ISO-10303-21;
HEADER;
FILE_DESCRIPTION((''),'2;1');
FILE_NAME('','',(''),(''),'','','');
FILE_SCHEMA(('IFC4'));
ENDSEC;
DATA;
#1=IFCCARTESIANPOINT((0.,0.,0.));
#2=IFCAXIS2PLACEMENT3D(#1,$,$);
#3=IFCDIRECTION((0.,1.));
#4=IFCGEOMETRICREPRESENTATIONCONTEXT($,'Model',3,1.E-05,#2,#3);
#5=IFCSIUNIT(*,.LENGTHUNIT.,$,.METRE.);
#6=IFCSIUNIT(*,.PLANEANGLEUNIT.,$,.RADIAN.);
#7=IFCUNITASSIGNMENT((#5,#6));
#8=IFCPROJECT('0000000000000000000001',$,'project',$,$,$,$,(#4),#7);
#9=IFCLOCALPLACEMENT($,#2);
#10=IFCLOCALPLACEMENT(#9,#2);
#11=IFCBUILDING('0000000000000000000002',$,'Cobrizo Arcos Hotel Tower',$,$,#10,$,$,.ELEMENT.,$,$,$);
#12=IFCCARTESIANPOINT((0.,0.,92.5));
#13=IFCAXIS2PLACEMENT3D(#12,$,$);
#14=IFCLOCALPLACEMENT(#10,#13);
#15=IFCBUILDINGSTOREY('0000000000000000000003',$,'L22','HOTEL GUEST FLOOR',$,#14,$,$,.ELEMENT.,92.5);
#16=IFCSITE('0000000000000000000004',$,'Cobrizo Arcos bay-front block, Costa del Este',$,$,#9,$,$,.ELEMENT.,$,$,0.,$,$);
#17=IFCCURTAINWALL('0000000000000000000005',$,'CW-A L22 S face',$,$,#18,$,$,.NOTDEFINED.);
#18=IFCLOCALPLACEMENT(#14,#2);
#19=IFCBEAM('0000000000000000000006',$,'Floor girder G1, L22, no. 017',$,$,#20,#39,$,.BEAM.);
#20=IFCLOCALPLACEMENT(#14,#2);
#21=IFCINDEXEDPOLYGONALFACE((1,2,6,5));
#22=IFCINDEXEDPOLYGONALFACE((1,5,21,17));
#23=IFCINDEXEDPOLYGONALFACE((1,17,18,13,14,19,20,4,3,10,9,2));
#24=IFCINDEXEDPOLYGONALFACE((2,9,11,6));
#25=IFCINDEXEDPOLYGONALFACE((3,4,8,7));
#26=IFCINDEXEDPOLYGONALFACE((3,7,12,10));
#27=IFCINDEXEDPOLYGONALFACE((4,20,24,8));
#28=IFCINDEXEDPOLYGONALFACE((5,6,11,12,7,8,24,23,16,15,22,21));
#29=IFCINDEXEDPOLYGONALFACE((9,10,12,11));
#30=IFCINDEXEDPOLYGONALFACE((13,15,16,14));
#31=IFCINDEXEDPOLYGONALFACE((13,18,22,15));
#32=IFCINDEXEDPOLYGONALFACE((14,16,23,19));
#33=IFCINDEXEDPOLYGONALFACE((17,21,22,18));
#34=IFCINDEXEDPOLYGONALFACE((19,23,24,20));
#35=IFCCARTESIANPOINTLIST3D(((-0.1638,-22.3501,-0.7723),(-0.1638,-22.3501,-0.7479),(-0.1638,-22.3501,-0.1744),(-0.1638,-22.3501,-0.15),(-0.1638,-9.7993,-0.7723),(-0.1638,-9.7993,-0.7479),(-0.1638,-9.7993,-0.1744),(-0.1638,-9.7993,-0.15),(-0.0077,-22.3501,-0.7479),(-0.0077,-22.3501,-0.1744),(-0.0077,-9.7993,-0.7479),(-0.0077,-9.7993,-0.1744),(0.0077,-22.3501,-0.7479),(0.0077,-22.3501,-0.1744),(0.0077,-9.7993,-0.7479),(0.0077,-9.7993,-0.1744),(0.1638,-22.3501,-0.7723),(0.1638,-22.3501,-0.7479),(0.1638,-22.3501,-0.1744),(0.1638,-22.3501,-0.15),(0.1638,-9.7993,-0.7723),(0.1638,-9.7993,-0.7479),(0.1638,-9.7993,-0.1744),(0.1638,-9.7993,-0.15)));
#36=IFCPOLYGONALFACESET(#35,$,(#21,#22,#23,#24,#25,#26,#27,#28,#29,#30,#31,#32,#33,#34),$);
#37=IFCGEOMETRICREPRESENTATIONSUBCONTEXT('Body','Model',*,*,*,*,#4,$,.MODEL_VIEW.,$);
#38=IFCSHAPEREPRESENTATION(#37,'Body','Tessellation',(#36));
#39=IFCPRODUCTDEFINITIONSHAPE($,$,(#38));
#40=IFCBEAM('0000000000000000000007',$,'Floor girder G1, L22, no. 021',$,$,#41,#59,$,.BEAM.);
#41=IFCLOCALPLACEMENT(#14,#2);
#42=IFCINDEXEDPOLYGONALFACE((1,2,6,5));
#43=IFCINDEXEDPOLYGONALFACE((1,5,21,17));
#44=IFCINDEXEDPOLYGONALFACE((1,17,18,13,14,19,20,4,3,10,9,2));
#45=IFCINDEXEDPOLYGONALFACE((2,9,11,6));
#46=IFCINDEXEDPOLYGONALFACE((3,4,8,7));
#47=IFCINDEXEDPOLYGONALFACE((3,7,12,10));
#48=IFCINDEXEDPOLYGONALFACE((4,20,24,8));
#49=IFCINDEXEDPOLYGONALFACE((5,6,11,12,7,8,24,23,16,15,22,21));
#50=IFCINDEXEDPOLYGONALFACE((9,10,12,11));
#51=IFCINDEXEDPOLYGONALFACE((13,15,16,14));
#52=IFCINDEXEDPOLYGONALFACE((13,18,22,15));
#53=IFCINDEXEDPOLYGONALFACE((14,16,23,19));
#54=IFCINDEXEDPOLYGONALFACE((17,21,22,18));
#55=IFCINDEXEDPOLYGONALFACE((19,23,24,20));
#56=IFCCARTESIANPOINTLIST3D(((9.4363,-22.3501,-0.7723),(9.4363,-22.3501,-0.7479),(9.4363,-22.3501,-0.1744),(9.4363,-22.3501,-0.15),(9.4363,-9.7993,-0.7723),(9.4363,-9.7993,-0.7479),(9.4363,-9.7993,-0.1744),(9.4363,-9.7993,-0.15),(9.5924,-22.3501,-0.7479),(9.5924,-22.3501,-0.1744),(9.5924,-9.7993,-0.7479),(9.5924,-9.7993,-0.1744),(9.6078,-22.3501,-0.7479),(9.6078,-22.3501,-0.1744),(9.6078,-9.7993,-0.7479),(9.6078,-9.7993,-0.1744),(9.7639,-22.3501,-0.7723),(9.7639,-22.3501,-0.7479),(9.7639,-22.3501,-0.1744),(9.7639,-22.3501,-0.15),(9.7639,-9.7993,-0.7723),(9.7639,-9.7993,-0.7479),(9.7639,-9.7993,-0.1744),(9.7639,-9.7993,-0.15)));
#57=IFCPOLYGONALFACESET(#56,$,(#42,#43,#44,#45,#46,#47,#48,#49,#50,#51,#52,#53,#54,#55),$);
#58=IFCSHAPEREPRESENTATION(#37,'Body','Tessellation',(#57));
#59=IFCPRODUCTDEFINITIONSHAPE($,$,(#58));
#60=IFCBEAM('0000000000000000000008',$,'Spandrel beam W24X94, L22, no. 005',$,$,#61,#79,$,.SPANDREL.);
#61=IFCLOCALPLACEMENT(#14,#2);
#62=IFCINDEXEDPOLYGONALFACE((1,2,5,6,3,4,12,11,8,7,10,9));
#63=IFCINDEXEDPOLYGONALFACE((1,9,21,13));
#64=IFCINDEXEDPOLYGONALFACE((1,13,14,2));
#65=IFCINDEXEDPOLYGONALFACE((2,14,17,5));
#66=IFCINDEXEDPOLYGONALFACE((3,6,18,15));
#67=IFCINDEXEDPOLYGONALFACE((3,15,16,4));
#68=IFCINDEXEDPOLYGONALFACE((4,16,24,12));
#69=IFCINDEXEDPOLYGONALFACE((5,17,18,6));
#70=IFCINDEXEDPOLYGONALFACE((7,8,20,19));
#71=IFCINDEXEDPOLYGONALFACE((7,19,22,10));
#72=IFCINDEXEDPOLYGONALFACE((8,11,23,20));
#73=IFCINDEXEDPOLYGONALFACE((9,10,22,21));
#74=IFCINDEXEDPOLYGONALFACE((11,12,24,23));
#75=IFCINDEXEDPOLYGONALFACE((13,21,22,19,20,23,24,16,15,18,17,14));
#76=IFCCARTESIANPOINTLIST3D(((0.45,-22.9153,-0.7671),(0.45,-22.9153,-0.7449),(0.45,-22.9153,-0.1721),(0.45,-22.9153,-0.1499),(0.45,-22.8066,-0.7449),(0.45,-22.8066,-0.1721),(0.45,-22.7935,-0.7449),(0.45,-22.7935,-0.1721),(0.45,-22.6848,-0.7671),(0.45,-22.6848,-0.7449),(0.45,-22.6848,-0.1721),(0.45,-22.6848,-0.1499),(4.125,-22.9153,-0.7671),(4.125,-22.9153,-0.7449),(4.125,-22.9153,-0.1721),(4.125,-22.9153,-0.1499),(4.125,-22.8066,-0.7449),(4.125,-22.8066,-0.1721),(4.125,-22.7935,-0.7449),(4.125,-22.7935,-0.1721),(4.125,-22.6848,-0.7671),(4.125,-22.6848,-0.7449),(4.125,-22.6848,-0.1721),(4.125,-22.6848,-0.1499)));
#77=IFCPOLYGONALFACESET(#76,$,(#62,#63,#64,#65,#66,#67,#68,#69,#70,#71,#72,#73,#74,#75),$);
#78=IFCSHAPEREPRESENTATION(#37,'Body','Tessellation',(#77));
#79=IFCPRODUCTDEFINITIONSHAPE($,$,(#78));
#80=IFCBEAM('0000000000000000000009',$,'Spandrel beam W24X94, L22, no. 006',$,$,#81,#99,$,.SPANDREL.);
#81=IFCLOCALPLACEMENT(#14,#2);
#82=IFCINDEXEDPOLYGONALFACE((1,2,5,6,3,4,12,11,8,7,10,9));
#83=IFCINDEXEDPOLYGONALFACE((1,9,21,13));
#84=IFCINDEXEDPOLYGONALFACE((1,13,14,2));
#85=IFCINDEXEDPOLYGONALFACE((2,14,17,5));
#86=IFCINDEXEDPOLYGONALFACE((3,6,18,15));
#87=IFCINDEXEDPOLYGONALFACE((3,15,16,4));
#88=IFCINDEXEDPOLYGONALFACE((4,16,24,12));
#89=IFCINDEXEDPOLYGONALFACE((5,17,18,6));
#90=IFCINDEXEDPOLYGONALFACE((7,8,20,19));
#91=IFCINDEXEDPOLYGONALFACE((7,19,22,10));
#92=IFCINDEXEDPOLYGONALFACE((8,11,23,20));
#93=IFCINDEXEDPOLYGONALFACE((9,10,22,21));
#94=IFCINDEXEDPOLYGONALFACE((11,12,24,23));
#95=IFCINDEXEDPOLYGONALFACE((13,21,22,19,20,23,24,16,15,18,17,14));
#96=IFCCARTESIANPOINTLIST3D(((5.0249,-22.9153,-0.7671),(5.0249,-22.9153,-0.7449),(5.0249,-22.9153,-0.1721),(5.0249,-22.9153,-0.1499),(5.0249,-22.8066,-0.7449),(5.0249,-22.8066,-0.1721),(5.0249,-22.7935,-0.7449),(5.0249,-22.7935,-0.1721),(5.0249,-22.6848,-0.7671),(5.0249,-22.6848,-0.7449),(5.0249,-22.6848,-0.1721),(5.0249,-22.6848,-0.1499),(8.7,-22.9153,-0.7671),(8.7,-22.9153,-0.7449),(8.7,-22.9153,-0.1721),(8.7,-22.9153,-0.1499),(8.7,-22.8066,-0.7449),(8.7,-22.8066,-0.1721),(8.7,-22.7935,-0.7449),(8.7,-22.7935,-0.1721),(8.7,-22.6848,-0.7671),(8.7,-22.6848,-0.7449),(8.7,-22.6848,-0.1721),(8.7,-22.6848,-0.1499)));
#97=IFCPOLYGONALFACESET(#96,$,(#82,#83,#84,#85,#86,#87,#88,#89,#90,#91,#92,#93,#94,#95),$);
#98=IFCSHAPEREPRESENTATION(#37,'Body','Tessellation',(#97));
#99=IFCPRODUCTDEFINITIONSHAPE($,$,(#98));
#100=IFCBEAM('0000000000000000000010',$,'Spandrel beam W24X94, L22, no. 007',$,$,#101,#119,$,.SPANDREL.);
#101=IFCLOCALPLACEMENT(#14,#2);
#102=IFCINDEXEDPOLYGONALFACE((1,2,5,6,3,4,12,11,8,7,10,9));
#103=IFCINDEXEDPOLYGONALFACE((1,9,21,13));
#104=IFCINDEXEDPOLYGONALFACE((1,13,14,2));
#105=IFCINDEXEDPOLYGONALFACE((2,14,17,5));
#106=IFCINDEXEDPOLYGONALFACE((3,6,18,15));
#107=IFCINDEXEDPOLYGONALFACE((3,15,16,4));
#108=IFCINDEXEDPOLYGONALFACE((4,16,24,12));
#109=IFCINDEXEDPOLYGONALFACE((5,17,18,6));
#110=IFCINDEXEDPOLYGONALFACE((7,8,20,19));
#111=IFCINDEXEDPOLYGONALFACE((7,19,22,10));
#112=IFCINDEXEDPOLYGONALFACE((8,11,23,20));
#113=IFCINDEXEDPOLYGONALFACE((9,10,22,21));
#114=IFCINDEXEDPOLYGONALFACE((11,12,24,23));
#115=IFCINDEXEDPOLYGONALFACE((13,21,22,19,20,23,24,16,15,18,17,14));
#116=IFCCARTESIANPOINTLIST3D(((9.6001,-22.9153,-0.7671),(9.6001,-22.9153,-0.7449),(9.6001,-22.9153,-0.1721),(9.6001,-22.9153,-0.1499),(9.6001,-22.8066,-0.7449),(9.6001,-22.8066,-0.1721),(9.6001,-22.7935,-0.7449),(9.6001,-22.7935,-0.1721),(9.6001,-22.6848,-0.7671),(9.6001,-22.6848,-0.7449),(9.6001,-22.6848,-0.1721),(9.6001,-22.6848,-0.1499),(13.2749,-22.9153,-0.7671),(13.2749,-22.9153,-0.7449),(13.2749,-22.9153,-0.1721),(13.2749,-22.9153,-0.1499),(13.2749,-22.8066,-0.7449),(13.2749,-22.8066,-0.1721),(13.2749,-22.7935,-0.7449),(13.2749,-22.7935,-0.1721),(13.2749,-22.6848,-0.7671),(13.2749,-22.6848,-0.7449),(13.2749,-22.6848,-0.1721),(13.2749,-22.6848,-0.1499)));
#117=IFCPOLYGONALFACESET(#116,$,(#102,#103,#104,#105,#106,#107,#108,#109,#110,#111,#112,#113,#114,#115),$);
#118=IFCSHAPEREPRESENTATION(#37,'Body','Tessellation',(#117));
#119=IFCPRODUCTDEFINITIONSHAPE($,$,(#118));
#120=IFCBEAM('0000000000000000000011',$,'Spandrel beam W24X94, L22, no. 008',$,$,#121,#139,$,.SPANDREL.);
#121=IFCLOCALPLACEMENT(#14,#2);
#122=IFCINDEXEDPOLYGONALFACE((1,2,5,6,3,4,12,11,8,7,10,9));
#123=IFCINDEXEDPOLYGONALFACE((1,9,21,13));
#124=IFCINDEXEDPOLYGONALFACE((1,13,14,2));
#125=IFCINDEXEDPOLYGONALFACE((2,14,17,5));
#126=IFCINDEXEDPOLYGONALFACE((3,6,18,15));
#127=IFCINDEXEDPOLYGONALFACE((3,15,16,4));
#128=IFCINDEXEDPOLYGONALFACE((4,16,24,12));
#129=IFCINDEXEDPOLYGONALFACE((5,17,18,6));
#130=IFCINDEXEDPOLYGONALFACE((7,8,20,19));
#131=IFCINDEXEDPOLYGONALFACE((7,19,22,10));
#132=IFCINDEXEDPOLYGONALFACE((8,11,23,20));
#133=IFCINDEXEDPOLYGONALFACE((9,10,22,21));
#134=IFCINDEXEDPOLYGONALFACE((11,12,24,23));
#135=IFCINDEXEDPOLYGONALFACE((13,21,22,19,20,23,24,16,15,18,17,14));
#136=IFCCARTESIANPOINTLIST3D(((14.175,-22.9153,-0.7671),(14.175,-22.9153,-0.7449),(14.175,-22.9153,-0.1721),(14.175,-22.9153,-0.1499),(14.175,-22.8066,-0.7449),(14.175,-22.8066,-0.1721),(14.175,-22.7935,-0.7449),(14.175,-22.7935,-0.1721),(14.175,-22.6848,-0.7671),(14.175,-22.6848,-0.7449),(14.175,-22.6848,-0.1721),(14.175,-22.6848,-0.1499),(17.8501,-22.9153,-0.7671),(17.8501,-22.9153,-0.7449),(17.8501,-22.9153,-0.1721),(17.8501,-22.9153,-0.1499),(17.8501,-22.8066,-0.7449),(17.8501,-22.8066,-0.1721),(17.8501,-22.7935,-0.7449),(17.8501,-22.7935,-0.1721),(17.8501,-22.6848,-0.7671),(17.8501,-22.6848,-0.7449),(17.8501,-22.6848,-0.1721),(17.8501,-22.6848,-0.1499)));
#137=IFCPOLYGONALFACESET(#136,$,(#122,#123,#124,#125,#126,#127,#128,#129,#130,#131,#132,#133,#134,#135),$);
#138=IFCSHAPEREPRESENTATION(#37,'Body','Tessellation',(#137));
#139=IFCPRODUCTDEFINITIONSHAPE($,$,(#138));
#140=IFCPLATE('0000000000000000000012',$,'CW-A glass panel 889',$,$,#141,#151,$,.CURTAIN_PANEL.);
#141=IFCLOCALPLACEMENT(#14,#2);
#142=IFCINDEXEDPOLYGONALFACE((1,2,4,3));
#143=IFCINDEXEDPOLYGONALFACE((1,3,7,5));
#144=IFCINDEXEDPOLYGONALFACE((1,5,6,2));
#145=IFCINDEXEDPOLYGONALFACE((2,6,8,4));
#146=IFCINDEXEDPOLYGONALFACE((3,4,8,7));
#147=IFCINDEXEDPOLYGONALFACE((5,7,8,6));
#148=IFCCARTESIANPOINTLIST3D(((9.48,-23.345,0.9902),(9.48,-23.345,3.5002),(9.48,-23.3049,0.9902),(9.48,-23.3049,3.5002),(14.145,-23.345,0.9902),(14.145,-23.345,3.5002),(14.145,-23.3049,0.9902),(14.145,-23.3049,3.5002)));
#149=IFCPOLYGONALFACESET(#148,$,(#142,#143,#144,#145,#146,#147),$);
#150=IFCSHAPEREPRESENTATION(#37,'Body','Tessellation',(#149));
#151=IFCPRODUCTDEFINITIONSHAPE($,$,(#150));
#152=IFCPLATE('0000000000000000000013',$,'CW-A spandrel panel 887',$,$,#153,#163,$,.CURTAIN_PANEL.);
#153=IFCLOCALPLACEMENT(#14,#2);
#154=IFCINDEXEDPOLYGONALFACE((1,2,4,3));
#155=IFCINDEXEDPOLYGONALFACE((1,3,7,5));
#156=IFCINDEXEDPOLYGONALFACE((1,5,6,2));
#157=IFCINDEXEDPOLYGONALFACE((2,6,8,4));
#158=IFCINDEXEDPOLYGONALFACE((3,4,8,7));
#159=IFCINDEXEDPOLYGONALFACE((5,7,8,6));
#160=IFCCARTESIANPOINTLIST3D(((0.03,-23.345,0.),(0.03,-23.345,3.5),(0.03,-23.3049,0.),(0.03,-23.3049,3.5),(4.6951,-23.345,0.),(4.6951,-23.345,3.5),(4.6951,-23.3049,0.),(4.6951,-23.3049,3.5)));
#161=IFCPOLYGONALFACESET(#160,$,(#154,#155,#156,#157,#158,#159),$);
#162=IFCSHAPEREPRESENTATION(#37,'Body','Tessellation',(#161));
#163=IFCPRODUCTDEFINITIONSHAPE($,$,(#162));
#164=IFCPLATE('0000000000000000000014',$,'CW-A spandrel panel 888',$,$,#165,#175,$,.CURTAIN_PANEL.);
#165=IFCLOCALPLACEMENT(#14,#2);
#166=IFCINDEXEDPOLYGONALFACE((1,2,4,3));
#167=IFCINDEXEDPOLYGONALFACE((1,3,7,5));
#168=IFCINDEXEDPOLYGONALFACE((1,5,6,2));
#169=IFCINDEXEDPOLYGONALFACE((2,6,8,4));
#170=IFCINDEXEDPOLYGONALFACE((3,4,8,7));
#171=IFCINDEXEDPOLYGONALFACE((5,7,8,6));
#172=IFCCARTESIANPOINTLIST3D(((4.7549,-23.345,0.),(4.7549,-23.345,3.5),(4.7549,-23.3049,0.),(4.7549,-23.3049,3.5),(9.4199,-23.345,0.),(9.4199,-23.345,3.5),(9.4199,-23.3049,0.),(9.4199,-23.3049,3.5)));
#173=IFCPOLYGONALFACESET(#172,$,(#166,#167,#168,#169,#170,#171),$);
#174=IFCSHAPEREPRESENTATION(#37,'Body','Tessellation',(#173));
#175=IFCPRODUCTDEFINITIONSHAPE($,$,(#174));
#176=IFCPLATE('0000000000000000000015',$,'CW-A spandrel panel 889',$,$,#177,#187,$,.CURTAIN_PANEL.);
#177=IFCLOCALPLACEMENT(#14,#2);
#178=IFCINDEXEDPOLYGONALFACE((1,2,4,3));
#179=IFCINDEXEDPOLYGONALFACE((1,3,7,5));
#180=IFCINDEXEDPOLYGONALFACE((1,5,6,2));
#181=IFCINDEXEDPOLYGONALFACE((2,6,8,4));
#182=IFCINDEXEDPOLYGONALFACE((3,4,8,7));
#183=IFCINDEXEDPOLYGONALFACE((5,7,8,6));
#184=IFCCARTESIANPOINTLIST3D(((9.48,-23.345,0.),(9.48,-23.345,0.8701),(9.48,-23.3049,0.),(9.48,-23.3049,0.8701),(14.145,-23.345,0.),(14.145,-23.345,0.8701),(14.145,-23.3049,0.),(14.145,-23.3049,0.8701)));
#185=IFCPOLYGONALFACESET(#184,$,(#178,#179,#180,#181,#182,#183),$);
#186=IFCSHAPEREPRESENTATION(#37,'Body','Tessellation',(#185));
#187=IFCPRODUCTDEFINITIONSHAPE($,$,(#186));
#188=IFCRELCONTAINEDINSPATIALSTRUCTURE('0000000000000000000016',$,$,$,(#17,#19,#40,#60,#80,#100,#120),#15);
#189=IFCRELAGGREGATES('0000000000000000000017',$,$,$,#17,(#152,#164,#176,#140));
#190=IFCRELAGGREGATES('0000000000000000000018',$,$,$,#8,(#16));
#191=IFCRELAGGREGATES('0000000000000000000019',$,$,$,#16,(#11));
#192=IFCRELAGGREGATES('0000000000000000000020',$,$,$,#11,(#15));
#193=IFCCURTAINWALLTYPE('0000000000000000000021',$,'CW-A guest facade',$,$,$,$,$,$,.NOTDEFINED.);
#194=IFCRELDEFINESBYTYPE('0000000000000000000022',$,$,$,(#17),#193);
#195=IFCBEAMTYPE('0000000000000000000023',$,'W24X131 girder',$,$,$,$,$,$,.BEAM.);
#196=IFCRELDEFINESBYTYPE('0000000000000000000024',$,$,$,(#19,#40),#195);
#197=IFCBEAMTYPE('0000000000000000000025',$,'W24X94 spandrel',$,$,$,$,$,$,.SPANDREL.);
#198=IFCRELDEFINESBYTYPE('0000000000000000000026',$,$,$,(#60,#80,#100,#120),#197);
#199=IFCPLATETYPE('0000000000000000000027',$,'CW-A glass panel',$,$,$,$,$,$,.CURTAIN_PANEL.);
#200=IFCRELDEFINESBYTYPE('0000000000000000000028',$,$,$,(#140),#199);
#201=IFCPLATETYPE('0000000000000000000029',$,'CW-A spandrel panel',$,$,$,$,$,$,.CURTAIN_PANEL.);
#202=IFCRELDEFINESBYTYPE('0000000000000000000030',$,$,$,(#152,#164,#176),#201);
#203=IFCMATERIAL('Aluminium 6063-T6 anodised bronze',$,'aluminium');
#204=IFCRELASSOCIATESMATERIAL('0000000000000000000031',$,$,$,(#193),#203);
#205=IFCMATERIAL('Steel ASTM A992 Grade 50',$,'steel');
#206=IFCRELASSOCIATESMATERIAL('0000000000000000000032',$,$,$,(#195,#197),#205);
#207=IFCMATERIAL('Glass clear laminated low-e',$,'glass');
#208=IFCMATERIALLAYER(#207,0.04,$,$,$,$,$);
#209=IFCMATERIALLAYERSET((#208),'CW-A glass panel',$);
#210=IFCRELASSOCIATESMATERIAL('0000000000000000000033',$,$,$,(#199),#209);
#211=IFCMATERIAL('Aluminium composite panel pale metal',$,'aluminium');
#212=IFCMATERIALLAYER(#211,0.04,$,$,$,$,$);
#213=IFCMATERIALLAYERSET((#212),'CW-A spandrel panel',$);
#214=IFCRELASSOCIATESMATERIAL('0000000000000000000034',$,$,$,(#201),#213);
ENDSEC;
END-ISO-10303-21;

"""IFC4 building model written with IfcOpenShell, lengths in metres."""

from ifc_helpers import new_model, si_unit, direction, frame, origin, origin_2d, place, context, subcontext, project, spatial, rectangle, i_section, extrude, material, layer, layer_set, material_profile, profile_set, type_object, element, aggregate, save


model = new_model("IFC4")

# Units and contexts
model_context = context("Model", 3, precision=1e-05, world=origin(), true_north=direction((0.0, 1.0)))
body_context = subcontext(model_context, "Body", "Model", "MODEL_VIEW")
ifc_project = project(units=[si_unit("LENGTHUNIT", "METRE"), si_unit("PLANEANGLEUNIT", "RADIAN")], contexts=[model_context])

# Site, building, storey
site_placement = place(None, origin())
site = spatial("IfcSite", under=ifc_project, at=site_placement, Name="Cobrizo Arcos bay-front block, Costa del Este", CompositionType="ELEMENT", RefElevation=0.0)
building_placement = place(site_placement, origin())
building = spatial("IfcBuilding", under=site, at=building_placement, Name="Cobrizo Arcos Hotel Tower", CompositionType="ELEMENT")
storey_placement = place(building_placement, frame((0.0, 0.0, 92.5)))
storey = spatial("IfcBuildingStorey", under=building, at=storey_placement, Name="L22", Description="HOTEL GUEST FLOOR", CompositionType="ELEMENT", Elevation=92.5)

# Curtain wall
ifc_material_1 = material(Name="Aluminium 6063-T6 anodised bronze", Category="aluminium")
curtain_wall_type = type_object("IfcCurtainWallType", Name="CW-A guest facade", PredefinedType="NOTDEFINED", material=ifc_material_1)
curtain_wall_placement = place(storey_placement, origin())
curtain_wall = element("IfcCurtainWall", 1, at=curtain_wall_placement, inside=storey, type_object=curtain_wall_type, Name="CW-A L22 S face", PredefinedType="NOTDEFINED")

# Beams
ifc_material_2 = material(Name="Steel ASTM A992 Grade 50", Category="steel")
ifc_material_profile_1 = material_profile(ifc_material_2, i_section(OverallWidth=0.3276, OverallDepth=0.6223, WebThickness=0.0154, FlangeThickness=0.0244, at=origin_2d()), Name="W24X131")
ifc_profile_set_1 = profile_set([ifc_material_profile_1], Name="Steel ASTM A992 Grade 50")
beam_type_1 = type_object("IfcBeamType", Name="W24X131 girder", PredefinedType="BEAM", material=ifc_profile_set_1)
for number, where, z_axis, x_axis, name in (
    (2, (0.0, -22.3501, -0.4612), (0.0, 1.0, 0.0), (-1.0, 0.0, 0.0), "Floor girder G1, L22, no. 017"),
    (3, (9.6001, -22.3501, -0.4612), (0.0, 1.0, 0.0), (-1.0, 0.0, 0.0), "Floor girder G1, L22, no. 021"),
):
    element("IfcBeam", number, at=place(storey_placement, frame(where, z_axis=z_axis, x_axis=x_axis)), inside=storey, type_object=beam_type_1, Name=name, PredefinedType="BEAM", context=body_context, shape_type="SweptSolid", body=[
        extrude(i_section(OverallWidth=0.3276, OverallDepth=0.6223, WebThickness=0.0154, FlangeThickness=0.0244, at=origin_2d()), origin(), (0.0, 0.0, 1.0), 12.5508),
    ])
ifc_material_profile_2 = material_profile(ifc_material_2, i_section(OverallWidth=0.2305, OverallDepth=0.6172, WebThickness=0.0132, FlangeThickness=0.0222, at=origin_2d()), Name="W24X94")
ifc_profile_set_2 = profile_set([ifc_material_profile_2], Name="Steel ASTM A992 Grade 50")
beam_type_2 = type_object("IfcBeamType", Name="W24X94 spandrel", PredefinedType="SPANDREL", material=ifc_profile_set_2)
for number, where, z_axis, x_axis, name in (
    (4, (0.45, -22.8, -0.4585), (1.0, 0.0, 0.0), (0.0, 1.0, 0.0), "Spandrel beam W24X94, L22, no. 005"),
    (5, (5.0249, -22.8, -0.4585), (1.0, 0.0, 0.0), (0.0, 1.0, 0.0), "Spandrel beam W24X94, L22, no. 006"),
):
    element("IfcBeam", number, at=place(storey_placement, frame(where, z_axis=z_axis, x_axis=x_axis)), inside=storey, type_object=beam_type_2, Name=name, PredefinedType="SPANDREL", context=body_context, shape_type="SweptSolid", body=[
        extrude(i_section(OverallWidth=0.2305, OverallDepth=0.6172, WebThickness=0.0132, FlangeThickness=0.0222, at=origin_2d()), origin(), (0.0, 0.0, 1.0), 3.675),
    ])
beam_1_placement = place(storey_placement, frame((9.6001, -22.8, -0.4585), z_axis=(1.0, 0.0, 0.0), x_axis=(0.0, 1.0, 0.0)))
element("IfcBeam", 6, at=beam_1_placement, inside=storey, type_object=beam_type_2, Name="Spandrel beam W24X94, L22, no. 007", PredefinedType="SPANDREL", context=body_context, shape_type="SweptSolid", body=[
    extrude(i_section(OverallWidth=0.2305, OverallDepth=0.6172, WebThickness=0.0132, FlangeThickness=0.0222, at=origin_2d()), origin(), (0.0, 0.0, 1.0), 3.6748),
])
beam_2_placement = place(storey_placement, frame((14.175, -22.8, -0.4585), z_axis=(1.0, 0.0, 0.0), x_axis=(0.0, 1.0, 0.0)))
element("IfcBeam", 7, at=beam_2_placement, inside=storey, type_object=beam_type_2, Name="Spandrel beam W24X94, L22, no. 008", PredefinedType="SPANDREL", context=body_context, shape_type="SweptSolid", body=[
    extrude(i_section(OverallWidth=0.2305, OverallDepth=0.6172, WebThickness=0.0132, FlangeThickness=0.0222, at=origin_2d()), origin(), (0.0, 0.0, 1.0), 3.675),
])

# Plates
ifc_material_3 = material(Name="Glass clear laminated low-e", Category="glass")
ifc_layer_1 = layer(ifc_material_3, 0.04)
ifc_layer_set_1 = layer_set([ifc_layer_1], Name="CW-A glass panel")
plate_type_1 = type_object("IfcPlateType", Name="CW-A glass panel", PredefinedType="CURTAIN_PANEL", material=ifc_layer_set_1)
plate_1_placement = place(storey_placement, frame((11.8125, -23.325, 0.9902), z_axis=(0.0, 0.0, 1.0), x_axis=(1.0, 0.0, 0.0)))
plate_1 = element("IfcPlate", 8, at=plate_1_placement, type_object=plate_type_1, Name="CW-A glass panel 889", PredefinedType="CURTAIN_PANEL", context=body_context, shape_type="SweptSolid", body=[
    extrude(rectangle(XDim=4.665, YDim=0.04, at=origin_2d()), origin(), (0.0, 0.0, 1.0), 2.51),
])
ifc_material_4 = material(Name="Aluminium composite panel pale metal", Category="aluminium")
ifc_layer_2 = layer(ifc_material_4, 0.04)
ifc_layer_set_2 = layer_set([ifc_layer_2], Name="CW-A spandrel panel")
plate_type_2 = type_object("IfcPlateType", Name="CW-A spandrel panel", PredefinedType="CURTAIN_PANEL", material=ifc_layer_set_2)
plate_2_placement = place(storey_placement, frame((2.3625, -23.325, 0.0), z_axis=(0.0, 0.0, 1.0), x_axis=(1.0, 0.0, 0.0)))
plate_2 = element("IfcPlate", 9, at=plate_2_placement, type_object=plate_type_2, Name="CW-A spandrel panel 887", PredefinedType="CURTAIN_PANEL", context=body_context, shape_type="SweptSolid", body=[
    extrude(rectangle(XDim=4.665, YDim=0.04, at=origin_2d()), origin(), (0.0, 0.0, 1.0), 3.5),
])
plate_3_placement = place(storey_placement, frame((7.0874, -23.325, 0.0), z_axis=(0.0, 0.0, 1.0), x_axis=(1.0, 0.0, 0.0)))
plate_3 = element("IfcPlate", 10, at=plate_3_placement, type_object=plate_type_2, Name="CW-A spandrel panel 888", PredefinedType="CURTAIN_PANEL", context=body_context, shape_type="SweptSolid", body=[
    extrude(rectangle(XDim=4.665, YDim=0.04, at=origin_2d()), origin(), (0.0, 0.0, 1.0), 3.5),
])
plate_4_placement = place(storey_placement, frame((11.8125, -23.325, 0.0), z_axis=(0.0, 0.0, 1.0), x_axis=(1.0, 0.0, 0.0)))
plate_4 = element("IfcPlate", 11, at=plate_4_placement, type_object=plate_type_2, Name="CW-A spandrel panel 889", PredefinedType="CURTAIN_PANEL", context=body_context, shape_type="SweptSolid", body=[
    extrude(rectangle(XDim=4.665, YDim=0.04, at=origin_2d()), origin(), (0.0, 0.0, 1.0), 0.8701),
])
aggregate(curtain_wall, [plate_2, plate_3, plate_4, plate_1])

save(model, "model.ifc")
